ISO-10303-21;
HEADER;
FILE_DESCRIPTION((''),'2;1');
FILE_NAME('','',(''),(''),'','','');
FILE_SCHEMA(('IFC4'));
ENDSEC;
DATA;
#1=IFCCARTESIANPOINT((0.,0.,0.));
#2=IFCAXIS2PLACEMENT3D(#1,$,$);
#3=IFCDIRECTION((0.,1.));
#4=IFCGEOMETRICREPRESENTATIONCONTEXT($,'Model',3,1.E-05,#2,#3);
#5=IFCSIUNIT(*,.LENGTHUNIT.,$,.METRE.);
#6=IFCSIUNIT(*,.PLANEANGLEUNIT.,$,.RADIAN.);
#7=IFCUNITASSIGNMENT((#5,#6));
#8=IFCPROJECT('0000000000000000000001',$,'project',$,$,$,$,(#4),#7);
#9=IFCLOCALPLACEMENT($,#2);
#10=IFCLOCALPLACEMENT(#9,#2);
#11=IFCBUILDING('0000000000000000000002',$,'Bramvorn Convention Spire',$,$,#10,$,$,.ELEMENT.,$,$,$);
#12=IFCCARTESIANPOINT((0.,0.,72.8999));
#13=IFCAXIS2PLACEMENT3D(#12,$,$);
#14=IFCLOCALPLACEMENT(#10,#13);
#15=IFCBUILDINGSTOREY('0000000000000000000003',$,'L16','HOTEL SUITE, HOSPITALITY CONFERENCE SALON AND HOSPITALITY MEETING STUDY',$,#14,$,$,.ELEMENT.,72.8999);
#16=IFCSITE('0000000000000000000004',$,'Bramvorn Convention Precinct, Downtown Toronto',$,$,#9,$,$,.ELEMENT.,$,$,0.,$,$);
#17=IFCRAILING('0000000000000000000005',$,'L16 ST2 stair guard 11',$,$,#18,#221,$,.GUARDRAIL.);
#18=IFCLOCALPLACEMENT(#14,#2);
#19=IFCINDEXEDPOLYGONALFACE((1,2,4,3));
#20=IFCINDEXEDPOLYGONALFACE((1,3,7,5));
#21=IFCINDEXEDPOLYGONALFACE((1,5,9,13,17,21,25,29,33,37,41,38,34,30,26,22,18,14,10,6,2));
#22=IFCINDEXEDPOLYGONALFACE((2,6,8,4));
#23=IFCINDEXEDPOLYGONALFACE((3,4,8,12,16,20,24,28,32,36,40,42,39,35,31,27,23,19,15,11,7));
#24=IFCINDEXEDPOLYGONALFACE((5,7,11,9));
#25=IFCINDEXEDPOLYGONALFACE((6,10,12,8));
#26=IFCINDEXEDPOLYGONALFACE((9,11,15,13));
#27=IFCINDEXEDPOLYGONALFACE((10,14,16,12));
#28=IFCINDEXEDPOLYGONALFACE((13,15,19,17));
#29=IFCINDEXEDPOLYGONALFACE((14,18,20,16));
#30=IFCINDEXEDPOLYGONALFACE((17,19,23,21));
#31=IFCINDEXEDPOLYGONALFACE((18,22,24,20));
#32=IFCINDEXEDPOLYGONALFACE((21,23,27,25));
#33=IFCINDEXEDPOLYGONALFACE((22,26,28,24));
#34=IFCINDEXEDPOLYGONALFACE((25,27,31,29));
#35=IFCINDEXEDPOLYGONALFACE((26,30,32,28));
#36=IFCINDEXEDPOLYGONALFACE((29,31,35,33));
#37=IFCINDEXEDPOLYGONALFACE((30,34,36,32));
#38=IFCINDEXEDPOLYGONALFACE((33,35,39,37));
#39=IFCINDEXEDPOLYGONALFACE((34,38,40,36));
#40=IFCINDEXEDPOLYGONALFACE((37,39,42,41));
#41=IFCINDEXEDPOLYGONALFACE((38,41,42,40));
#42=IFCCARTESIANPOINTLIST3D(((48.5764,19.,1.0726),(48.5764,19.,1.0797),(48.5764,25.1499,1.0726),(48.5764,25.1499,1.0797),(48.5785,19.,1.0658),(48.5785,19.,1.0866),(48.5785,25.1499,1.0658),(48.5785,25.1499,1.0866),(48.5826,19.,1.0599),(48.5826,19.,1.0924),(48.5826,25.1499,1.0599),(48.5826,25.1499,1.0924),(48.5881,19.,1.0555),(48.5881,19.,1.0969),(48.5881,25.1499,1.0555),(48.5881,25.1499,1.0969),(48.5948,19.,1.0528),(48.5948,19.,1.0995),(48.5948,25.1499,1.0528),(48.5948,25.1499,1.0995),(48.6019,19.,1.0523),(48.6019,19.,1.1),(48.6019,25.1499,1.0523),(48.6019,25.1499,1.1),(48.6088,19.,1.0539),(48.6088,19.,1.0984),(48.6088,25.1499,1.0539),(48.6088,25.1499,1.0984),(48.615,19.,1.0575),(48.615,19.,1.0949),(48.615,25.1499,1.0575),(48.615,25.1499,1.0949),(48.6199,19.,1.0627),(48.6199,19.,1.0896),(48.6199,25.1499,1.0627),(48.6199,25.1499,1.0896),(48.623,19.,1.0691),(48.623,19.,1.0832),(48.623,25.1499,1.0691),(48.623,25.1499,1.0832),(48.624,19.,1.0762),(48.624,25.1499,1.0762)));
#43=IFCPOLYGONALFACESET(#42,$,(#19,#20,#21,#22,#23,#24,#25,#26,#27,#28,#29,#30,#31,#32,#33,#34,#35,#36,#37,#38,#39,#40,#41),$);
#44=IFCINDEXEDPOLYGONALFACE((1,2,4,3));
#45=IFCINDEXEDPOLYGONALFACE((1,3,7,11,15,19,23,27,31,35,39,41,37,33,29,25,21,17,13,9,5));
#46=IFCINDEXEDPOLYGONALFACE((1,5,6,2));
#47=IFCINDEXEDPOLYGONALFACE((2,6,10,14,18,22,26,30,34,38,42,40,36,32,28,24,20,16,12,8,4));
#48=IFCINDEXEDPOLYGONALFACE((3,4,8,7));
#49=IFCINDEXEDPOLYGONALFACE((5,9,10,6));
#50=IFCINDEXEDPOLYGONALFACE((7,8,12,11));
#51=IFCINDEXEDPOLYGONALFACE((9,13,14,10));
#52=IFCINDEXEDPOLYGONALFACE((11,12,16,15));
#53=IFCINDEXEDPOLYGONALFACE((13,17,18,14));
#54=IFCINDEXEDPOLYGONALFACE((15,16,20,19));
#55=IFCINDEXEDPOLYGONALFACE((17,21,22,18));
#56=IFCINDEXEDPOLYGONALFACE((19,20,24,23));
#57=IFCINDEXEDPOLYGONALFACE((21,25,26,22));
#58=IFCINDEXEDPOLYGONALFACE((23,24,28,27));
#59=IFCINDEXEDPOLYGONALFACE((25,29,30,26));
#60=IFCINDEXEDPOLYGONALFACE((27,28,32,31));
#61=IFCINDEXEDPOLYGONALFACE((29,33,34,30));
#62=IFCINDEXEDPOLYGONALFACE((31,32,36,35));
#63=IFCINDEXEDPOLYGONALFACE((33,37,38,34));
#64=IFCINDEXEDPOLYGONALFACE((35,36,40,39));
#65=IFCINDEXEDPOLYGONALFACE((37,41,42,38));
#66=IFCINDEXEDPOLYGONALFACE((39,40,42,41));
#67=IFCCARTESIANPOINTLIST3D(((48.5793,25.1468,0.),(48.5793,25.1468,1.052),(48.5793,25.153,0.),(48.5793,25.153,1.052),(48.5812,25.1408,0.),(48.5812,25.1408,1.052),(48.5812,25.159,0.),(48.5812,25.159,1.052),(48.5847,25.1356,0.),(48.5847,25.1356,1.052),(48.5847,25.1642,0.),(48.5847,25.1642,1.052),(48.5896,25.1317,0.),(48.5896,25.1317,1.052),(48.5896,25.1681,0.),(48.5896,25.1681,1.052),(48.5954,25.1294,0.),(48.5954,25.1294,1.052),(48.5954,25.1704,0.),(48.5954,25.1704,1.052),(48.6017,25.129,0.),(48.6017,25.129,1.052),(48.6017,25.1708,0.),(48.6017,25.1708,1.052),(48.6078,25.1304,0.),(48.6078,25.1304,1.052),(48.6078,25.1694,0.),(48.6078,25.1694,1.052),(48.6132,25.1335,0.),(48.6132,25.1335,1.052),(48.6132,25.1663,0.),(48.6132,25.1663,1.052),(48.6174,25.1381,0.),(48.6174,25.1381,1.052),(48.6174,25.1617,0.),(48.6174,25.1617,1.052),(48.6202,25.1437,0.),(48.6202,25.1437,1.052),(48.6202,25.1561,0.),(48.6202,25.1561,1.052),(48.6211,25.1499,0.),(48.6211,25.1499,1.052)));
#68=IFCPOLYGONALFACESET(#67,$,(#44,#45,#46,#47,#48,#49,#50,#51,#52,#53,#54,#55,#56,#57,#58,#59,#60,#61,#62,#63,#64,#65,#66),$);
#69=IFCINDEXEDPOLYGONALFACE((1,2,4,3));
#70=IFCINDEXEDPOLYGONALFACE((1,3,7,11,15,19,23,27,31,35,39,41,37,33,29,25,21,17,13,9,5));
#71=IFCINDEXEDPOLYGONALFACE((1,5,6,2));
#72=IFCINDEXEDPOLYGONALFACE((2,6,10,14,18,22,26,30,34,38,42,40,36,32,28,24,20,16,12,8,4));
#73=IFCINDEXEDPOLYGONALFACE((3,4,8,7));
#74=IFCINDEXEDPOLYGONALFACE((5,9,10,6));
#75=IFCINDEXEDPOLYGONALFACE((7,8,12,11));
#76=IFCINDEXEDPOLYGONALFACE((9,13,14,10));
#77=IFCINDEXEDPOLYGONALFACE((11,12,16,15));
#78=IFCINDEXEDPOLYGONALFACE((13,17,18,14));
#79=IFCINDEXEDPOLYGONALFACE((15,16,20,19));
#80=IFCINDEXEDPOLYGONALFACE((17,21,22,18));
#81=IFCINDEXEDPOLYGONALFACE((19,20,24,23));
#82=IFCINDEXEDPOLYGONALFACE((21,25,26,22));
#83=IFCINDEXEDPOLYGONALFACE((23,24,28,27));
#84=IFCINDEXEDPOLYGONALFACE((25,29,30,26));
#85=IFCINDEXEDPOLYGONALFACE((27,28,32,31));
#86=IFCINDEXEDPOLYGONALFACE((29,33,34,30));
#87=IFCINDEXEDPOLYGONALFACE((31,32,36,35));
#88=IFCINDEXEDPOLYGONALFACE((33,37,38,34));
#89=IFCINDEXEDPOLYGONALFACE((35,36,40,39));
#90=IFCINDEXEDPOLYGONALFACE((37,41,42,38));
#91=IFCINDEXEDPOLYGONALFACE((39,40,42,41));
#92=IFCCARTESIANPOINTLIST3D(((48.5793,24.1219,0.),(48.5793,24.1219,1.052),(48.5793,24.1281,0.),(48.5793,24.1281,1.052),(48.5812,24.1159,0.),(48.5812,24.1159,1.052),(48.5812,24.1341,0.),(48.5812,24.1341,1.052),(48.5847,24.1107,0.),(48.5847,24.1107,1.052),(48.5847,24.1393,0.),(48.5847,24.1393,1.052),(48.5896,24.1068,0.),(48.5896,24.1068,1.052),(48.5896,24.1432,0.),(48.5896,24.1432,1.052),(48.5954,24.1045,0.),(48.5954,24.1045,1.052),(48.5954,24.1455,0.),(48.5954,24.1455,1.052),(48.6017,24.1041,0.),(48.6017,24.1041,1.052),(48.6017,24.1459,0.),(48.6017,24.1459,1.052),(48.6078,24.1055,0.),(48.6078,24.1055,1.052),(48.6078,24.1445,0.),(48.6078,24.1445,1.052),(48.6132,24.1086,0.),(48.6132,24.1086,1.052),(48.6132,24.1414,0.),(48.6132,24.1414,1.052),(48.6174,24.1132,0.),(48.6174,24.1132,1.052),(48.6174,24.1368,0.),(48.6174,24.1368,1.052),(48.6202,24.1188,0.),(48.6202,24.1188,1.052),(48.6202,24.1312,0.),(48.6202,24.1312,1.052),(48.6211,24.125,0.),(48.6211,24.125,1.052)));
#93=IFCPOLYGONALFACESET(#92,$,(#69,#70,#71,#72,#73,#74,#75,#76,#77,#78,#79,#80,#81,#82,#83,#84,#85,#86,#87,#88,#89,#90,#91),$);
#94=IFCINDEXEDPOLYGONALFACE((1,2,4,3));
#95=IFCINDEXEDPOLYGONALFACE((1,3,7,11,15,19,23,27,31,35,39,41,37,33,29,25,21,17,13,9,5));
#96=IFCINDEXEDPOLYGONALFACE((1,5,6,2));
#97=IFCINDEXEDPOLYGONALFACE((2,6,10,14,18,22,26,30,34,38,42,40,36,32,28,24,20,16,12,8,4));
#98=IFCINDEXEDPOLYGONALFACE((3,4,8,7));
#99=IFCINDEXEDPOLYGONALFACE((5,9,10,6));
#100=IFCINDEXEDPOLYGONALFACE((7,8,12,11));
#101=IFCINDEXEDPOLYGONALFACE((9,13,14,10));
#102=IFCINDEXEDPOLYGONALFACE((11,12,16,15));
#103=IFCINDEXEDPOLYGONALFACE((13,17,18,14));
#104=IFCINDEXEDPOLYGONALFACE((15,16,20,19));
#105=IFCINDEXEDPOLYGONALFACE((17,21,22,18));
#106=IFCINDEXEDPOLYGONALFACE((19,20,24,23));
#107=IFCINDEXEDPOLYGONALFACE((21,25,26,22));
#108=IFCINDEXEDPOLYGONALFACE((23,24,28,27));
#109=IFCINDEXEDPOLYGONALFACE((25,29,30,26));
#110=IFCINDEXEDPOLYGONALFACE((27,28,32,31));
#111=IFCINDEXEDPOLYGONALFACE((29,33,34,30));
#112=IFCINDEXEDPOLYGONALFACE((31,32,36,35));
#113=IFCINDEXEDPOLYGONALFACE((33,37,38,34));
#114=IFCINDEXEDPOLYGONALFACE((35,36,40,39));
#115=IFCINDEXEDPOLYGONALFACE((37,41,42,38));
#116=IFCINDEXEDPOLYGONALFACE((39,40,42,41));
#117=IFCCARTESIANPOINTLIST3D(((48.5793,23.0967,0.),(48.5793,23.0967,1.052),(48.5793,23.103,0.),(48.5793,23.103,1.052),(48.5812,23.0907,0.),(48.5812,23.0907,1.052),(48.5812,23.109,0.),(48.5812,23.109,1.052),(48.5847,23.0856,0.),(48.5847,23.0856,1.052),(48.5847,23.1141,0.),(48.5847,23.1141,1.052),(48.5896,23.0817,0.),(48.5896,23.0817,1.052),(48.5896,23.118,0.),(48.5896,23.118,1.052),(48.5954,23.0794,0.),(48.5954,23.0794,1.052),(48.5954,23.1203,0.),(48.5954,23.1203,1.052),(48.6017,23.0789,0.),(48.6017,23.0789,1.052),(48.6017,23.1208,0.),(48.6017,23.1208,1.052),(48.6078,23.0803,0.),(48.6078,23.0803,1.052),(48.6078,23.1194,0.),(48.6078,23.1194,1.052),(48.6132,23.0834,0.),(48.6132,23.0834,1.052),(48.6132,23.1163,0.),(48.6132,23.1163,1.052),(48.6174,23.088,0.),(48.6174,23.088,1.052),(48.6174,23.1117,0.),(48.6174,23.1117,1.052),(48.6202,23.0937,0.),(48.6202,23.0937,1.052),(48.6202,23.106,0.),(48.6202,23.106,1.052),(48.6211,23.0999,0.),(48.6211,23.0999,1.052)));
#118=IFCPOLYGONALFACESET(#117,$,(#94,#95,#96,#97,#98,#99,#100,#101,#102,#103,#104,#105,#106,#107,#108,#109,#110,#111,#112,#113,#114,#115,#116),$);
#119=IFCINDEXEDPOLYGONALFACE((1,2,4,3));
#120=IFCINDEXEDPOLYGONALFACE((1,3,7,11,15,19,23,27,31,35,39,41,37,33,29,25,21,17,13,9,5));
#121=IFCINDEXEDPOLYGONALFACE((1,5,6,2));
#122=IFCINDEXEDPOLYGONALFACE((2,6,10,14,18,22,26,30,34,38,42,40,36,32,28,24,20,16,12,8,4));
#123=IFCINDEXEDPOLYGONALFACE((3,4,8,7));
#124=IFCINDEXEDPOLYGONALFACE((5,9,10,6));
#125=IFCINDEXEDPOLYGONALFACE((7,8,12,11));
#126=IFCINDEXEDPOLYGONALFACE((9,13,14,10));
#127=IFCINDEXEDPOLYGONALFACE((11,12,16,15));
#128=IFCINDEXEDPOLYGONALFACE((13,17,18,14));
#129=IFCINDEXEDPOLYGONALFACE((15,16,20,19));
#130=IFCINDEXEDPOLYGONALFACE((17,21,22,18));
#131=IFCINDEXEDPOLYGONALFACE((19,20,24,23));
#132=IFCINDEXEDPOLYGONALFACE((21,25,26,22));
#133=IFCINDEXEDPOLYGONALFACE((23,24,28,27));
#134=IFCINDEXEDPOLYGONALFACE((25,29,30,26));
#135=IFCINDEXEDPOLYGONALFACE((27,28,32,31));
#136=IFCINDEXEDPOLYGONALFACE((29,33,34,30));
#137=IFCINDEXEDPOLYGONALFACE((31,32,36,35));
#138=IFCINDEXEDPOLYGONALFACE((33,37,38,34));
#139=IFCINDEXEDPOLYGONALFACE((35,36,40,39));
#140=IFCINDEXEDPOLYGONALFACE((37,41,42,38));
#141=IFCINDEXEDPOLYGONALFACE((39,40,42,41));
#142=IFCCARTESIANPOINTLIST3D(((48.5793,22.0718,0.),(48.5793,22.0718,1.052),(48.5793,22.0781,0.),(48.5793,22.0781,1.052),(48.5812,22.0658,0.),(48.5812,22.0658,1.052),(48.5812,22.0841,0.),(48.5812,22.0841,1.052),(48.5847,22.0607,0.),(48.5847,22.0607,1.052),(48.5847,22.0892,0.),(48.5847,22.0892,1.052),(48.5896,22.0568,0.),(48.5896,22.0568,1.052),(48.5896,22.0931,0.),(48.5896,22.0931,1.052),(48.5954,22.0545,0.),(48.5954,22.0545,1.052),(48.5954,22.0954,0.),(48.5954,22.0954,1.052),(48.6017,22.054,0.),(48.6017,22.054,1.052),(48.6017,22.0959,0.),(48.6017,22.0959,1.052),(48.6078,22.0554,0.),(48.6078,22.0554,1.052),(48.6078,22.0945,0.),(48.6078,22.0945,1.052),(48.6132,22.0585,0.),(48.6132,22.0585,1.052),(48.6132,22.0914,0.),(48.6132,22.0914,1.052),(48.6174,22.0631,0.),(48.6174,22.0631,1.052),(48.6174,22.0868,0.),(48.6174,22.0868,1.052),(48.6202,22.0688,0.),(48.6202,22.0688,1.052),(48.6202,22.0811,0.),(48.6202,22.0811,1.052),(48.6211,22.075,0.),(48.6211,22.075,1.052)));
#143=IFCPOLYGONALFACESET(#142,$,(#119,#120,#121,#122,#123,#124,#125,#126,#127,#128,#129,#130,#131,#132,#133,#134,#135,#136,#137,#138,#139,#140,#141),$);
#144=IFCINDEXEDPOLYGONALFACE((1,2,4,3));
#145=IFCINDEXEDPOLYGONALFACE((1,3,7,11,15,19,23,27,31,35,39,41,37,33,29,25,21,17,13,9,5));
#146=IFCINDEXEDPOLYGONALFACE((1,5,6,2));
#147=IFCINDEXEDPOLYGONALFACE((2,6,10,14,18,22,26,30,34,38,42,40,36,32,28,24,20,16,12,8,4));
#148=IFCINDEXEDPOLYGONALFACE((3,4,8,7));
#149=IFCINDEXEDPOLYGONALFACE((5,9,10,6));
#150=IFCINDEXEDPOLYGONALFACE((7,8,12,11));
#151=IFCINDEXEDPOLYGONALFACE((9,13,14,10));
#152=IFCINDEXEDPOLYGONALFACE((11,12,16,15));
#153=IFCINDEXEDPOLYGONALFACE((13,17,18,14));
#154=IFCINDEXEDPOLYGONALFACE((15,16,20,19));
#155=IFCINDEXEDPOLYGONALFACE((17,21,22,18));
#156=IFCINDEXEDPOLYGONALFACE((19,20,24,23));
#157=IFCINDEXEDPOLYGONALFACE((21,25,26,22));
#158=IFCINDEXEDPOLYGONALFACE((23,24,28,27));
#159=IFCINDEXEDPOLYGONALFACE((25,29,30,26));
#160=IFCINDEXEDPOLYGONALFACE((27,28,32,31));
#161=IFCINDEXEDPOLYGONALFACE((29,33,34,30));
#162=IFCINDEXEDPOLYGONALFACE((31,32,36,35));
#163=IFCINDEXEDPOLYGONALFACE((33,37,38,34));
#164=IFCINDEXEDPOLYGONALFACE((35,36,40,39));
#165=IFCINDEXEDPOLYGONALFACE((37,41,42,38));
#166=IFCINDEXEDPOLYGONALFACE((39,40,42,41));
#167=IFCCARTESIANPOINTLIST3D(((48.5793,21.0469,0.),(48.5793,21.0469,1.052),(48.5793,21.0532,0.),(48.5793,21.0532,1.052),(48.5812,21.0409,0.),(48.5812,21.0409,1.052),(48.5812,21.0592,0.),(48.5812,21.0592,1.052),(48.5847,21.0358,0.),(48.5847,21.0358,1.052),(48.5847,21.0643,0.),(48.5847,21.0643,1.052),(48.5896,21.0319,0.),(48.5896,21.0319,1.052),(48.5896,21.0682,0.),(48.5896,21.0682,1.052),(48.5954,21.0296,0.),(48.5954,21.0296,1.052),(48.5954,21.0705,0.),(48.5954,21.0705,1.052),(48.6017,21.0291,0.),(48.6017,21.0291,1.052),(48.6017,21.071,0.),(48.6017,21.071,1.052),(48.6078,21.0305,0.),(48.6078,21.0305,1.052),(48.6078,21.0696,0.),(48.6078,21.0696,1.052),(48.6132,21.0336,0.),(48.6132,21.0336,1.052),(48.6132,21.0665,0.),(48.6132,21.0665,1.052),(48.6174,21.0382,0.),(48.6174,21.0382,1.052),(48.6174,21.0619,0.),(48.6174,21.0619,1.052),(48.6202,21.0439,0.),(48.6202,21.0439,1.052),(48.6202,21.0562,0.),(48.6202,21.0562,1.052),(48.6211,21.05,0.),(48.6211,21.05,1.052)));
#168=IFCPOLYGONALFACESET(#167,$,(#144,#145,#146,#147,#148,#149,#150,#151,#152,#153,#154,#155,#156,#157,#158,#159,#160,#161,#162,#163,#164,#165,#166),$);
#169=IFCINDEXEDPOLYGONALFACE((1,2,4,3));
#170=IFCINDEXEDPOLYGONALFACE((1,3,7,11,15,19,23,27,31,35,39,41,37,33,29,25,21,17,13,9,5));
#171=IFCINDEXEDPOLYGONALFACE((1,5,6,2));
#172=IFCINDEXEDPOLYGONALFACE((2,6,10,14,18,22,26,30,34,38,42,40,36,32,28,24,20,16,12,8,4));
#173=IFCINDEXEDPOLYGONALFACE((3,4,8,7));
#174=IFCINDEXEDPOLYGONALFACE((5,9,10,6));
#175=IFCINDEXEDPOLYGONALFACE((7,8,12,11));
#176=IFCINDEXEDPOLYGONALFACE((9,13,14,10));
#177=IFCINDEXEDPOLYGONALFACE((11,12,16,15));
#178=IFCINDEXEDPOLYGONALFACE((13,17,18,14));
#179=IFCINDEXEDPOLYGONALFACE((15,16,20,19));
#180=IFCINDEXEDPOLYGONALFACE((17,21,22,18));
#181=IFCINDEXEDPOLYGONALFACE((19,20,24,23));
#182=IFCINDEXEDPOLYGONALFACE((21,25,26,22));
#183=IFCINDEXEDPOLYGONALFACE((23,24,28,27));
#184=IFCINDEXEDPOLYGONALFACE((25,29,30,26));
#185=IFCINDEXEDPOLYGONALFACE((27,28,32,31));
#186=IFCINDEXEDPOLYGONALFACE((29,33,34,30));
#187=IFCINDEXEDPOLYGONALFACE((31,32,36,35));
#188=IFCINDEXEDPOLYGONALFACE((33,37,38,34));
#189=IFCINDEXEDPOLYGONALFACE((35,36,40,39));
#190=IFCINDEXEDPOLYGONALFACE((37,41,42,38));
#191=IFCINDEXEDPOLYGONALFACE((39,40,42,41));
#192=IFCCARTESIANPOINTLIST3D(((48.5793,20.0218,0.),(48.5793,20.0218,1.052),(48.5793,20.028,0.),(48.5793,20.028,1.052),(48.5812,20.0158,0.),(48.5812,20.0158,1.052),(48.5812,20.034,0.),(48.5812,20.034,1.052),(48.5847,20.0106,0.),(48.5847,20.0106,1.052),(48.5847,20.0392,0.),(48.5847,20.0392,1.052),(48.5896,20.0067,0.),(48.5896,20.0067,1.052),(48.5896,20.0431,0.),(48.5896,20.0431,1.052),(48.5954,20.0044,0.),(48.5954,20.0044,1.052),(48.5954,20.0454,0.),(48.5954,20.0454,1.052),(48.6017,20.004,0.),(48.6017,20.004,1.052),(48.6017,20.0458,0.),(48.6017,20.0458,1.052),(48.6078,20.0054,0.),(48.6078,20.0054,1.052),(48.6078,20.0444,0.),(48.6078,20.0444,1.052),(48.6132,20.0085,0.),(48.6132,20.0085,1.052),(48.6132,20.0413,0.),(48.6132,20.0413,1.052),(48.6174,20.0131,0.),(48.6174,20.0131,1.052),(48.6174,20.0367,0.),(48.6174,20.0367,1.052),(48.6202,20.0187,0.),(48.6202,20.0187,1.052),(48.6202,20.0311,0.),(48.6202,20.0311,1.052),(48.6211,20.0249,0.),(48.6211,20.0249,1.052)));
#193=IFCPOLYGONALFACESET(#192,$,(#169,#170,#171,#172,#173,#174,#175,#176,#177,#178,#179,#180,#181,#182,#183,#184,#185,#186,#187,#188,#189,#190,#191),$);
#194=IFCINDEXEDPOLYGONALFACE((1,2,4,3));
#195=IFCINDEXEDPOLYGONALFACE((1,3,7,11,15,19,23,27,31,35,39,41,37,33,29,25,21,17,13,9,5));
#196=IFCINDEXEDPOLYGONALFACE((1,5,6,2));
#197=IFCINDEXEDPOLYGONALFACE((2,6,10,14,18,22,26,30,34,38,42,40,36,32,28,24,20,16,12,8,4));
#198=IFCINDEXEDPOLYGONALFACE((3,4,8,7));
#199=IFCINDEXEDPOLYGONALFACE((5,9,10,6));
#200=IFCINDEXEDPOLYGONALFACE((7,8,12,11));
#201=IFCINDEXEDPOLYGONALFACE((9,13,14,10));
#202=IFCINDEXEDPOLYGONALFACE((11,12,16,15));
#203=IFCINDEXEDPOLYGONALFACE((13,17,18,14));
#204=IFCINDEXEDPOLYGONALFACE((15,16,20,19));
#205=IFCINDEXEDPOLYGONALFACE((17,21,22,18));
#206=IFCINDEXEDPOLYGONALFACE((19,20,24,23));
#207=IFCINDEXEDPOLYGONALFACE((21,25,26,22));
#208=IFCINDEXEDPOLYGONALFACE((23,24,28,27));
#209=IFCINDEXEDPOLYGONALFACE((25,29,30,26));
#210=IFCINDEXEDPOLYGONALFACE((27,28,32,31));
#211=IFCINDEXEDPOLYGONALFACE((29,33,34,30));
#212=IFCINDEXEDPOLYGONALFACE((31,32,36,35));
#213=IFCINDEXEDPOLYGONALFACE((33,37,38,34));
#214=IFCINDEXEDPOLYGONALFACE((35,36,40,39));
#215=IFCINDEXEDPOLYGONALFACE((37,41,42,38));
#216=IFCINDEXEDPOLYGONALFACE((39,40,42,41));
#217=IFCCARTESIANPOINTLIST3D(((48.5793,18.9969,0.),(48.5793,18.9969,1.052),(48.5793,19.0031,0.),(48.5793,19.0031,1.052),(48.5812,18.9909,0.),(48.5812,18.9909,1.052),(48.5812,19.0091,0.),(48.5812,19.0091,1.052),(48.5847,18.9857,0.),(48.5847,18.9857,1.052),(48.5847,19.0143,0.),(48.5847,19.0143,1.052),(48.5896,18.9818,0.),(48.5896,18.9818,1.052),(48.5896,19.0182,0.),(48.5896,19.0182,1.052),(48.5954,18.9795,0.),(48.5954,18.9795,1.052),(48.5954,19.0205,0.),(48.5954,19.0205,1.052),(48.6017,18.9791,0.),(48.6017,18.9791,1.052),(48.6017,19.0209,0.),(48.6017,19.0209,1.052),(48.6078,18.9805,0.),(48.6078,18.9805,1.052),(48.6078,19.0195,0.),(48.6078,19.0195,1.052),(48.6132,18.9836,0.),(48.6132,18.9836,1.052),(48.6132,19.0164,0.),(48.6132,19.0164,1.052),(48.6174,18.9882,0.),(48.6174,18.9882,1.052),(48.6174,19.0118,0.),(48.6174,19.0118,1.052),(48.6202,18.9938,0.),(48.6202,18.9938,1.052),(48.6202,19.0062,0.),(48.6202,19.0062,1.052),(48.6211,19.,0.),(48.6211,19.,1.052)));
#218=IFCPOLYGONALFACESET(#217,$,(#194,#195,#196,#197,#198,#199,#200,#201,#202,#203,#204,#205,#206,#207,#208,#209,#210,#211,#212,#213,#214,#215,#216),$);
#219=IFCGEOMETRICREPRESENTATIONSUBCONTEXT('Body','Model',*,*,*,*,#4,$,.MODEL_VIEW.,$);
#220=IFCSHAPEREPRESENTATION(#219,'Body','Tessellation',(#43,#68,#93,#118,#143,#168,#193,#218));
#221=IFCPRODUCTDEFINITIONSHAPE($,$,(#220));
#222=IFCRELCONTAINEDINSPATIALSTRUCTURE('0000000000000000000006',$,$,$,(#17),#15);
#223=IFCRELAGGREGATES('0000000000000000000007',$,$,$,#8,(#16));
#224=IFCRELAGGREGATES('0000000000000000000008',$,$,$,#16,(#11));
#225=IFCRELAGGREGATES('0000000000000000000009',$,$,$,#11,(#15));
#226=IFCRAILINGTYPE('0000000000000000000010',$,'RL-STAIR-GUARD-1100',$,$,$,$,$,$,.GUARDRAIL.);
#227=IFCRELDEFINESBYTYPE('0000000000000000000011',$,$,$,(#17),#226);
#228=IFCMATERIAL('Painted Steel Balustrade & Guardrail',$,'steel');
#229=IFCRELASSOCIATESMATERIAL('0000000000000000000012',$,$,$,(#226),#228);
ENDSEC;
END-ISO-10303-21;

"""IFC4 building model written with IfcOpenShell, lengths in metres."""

from ifc_helpers import new_model, si_unit, direction, frame, origin, origin_2d, place, context, subcontext, project, spatial, circle, extrude, material, type_object, element, save


model = new_model("IFC4")

# Units and contexts
model_context = context("Model", 3, precision=1e-05, world=origin(), true_north=direction((0.0, 1.0)))
body_context = subcontext(model_context, "Body", "Model", "MODEL_VIEW")
ifc_project = project(units=[si_unit("LENGTHUNIT", "METRE"), si_unit("PLANEANGLEUNIT", "RADIAN")], contexts=[model_context])

# Site, building, storey
site_placement = place(None, origin())
site = spatial("IfcSite", under=ifc_project, at=site_placement, Name="Bramvorn Convention Precinct, Downtown Toronto", CompositionType="ELEMENT", RefElevation=0.0)
building_placement = place(site_placement, origin())
building = spatial("IfcBuilding", under=site, at=building_placement, Name="Bramvorn Convention Spire", CompositionType="ELEMENT")
storey_placement = place(building_placement, frame((0.0, 0.0, 72.8999)))
storey = spatial("IfcBuildingStorey", under=building, at=storey_placement, Name="L16", Description="HOTEL SUITE, HOSPITALITY CONFERENCE SALON AND HOSPITALITY MEETING STUDY", CompositionType="ELEMENT", Elevation=72.8999)

# Railing
ifc_material_1 = material(Name="Painted Steel Balustrade & Guardrail", Category="steel")
railing_type = type_object("IfcRailingType", Name="RL-STAIR-GUARD-1100", PredefinedType="GUARDRAIL", material=ifc_material_1)
railing_placement = place(storey_placement, frame((48.6001, 25.1499, 0.0)))
element("IfcRailing", 1, at=railing_placement, inside=storey, type_object=railing_type, Name="L16 ST2 stair guard 11", PredefinedType="GUARDRAIL", context=body_context, shape_type="SweptSolid", body=[
    extrude(circle(Radius=0.0239, at=origin_2d()), frame((0.0, 0.0, 1.0762), z_axis=(0.0, -1.0, 0.0), x_axis=(1.0, 0.0, 0.0)), (0.0, 0.0, 1.0), 6.1499),
    extrude(circle(Radius=0.021, at=origin_2d()), origin(), (0.0, 0.0, 1.0), 1.052),
    extrude(circle(Radius=0.021, at=origin_2d()), frame((0.0, -1.0249, 0.0)), (0.0, 0.0, 1.0), 1.052),
    extrude(circle(Radius=0.021, at=origin_2d()), frame((0.0, -2.05, 0.0)), (0.0, 0.0, 1.0), 1.052),
    extrude(circle(Radius=0.021, at=origin_2d()), frame((0.0, -3.075, 0.0)), (0.0, 0.0, 1.0), 1.052),
    extrude(circle(Radius=0.021, at=origin_2d()), frame((0.0, -4.0999, 0.0)), (0.0, 0.0, 1.0), 1.052),
    extrude(circle(Radius=0.021, at=origin_2d()), frame((0.0, -5.125, 0.0)), (0.0, 0.0, 1.0), 1.052),
    extrude(circle(Radius=0.021, at=origin_2d()), frame((0.0, -6.1499, 0.0)), (0.0, 0.0, 1.0), 1.052),
])

save(model, "model.ifc")
